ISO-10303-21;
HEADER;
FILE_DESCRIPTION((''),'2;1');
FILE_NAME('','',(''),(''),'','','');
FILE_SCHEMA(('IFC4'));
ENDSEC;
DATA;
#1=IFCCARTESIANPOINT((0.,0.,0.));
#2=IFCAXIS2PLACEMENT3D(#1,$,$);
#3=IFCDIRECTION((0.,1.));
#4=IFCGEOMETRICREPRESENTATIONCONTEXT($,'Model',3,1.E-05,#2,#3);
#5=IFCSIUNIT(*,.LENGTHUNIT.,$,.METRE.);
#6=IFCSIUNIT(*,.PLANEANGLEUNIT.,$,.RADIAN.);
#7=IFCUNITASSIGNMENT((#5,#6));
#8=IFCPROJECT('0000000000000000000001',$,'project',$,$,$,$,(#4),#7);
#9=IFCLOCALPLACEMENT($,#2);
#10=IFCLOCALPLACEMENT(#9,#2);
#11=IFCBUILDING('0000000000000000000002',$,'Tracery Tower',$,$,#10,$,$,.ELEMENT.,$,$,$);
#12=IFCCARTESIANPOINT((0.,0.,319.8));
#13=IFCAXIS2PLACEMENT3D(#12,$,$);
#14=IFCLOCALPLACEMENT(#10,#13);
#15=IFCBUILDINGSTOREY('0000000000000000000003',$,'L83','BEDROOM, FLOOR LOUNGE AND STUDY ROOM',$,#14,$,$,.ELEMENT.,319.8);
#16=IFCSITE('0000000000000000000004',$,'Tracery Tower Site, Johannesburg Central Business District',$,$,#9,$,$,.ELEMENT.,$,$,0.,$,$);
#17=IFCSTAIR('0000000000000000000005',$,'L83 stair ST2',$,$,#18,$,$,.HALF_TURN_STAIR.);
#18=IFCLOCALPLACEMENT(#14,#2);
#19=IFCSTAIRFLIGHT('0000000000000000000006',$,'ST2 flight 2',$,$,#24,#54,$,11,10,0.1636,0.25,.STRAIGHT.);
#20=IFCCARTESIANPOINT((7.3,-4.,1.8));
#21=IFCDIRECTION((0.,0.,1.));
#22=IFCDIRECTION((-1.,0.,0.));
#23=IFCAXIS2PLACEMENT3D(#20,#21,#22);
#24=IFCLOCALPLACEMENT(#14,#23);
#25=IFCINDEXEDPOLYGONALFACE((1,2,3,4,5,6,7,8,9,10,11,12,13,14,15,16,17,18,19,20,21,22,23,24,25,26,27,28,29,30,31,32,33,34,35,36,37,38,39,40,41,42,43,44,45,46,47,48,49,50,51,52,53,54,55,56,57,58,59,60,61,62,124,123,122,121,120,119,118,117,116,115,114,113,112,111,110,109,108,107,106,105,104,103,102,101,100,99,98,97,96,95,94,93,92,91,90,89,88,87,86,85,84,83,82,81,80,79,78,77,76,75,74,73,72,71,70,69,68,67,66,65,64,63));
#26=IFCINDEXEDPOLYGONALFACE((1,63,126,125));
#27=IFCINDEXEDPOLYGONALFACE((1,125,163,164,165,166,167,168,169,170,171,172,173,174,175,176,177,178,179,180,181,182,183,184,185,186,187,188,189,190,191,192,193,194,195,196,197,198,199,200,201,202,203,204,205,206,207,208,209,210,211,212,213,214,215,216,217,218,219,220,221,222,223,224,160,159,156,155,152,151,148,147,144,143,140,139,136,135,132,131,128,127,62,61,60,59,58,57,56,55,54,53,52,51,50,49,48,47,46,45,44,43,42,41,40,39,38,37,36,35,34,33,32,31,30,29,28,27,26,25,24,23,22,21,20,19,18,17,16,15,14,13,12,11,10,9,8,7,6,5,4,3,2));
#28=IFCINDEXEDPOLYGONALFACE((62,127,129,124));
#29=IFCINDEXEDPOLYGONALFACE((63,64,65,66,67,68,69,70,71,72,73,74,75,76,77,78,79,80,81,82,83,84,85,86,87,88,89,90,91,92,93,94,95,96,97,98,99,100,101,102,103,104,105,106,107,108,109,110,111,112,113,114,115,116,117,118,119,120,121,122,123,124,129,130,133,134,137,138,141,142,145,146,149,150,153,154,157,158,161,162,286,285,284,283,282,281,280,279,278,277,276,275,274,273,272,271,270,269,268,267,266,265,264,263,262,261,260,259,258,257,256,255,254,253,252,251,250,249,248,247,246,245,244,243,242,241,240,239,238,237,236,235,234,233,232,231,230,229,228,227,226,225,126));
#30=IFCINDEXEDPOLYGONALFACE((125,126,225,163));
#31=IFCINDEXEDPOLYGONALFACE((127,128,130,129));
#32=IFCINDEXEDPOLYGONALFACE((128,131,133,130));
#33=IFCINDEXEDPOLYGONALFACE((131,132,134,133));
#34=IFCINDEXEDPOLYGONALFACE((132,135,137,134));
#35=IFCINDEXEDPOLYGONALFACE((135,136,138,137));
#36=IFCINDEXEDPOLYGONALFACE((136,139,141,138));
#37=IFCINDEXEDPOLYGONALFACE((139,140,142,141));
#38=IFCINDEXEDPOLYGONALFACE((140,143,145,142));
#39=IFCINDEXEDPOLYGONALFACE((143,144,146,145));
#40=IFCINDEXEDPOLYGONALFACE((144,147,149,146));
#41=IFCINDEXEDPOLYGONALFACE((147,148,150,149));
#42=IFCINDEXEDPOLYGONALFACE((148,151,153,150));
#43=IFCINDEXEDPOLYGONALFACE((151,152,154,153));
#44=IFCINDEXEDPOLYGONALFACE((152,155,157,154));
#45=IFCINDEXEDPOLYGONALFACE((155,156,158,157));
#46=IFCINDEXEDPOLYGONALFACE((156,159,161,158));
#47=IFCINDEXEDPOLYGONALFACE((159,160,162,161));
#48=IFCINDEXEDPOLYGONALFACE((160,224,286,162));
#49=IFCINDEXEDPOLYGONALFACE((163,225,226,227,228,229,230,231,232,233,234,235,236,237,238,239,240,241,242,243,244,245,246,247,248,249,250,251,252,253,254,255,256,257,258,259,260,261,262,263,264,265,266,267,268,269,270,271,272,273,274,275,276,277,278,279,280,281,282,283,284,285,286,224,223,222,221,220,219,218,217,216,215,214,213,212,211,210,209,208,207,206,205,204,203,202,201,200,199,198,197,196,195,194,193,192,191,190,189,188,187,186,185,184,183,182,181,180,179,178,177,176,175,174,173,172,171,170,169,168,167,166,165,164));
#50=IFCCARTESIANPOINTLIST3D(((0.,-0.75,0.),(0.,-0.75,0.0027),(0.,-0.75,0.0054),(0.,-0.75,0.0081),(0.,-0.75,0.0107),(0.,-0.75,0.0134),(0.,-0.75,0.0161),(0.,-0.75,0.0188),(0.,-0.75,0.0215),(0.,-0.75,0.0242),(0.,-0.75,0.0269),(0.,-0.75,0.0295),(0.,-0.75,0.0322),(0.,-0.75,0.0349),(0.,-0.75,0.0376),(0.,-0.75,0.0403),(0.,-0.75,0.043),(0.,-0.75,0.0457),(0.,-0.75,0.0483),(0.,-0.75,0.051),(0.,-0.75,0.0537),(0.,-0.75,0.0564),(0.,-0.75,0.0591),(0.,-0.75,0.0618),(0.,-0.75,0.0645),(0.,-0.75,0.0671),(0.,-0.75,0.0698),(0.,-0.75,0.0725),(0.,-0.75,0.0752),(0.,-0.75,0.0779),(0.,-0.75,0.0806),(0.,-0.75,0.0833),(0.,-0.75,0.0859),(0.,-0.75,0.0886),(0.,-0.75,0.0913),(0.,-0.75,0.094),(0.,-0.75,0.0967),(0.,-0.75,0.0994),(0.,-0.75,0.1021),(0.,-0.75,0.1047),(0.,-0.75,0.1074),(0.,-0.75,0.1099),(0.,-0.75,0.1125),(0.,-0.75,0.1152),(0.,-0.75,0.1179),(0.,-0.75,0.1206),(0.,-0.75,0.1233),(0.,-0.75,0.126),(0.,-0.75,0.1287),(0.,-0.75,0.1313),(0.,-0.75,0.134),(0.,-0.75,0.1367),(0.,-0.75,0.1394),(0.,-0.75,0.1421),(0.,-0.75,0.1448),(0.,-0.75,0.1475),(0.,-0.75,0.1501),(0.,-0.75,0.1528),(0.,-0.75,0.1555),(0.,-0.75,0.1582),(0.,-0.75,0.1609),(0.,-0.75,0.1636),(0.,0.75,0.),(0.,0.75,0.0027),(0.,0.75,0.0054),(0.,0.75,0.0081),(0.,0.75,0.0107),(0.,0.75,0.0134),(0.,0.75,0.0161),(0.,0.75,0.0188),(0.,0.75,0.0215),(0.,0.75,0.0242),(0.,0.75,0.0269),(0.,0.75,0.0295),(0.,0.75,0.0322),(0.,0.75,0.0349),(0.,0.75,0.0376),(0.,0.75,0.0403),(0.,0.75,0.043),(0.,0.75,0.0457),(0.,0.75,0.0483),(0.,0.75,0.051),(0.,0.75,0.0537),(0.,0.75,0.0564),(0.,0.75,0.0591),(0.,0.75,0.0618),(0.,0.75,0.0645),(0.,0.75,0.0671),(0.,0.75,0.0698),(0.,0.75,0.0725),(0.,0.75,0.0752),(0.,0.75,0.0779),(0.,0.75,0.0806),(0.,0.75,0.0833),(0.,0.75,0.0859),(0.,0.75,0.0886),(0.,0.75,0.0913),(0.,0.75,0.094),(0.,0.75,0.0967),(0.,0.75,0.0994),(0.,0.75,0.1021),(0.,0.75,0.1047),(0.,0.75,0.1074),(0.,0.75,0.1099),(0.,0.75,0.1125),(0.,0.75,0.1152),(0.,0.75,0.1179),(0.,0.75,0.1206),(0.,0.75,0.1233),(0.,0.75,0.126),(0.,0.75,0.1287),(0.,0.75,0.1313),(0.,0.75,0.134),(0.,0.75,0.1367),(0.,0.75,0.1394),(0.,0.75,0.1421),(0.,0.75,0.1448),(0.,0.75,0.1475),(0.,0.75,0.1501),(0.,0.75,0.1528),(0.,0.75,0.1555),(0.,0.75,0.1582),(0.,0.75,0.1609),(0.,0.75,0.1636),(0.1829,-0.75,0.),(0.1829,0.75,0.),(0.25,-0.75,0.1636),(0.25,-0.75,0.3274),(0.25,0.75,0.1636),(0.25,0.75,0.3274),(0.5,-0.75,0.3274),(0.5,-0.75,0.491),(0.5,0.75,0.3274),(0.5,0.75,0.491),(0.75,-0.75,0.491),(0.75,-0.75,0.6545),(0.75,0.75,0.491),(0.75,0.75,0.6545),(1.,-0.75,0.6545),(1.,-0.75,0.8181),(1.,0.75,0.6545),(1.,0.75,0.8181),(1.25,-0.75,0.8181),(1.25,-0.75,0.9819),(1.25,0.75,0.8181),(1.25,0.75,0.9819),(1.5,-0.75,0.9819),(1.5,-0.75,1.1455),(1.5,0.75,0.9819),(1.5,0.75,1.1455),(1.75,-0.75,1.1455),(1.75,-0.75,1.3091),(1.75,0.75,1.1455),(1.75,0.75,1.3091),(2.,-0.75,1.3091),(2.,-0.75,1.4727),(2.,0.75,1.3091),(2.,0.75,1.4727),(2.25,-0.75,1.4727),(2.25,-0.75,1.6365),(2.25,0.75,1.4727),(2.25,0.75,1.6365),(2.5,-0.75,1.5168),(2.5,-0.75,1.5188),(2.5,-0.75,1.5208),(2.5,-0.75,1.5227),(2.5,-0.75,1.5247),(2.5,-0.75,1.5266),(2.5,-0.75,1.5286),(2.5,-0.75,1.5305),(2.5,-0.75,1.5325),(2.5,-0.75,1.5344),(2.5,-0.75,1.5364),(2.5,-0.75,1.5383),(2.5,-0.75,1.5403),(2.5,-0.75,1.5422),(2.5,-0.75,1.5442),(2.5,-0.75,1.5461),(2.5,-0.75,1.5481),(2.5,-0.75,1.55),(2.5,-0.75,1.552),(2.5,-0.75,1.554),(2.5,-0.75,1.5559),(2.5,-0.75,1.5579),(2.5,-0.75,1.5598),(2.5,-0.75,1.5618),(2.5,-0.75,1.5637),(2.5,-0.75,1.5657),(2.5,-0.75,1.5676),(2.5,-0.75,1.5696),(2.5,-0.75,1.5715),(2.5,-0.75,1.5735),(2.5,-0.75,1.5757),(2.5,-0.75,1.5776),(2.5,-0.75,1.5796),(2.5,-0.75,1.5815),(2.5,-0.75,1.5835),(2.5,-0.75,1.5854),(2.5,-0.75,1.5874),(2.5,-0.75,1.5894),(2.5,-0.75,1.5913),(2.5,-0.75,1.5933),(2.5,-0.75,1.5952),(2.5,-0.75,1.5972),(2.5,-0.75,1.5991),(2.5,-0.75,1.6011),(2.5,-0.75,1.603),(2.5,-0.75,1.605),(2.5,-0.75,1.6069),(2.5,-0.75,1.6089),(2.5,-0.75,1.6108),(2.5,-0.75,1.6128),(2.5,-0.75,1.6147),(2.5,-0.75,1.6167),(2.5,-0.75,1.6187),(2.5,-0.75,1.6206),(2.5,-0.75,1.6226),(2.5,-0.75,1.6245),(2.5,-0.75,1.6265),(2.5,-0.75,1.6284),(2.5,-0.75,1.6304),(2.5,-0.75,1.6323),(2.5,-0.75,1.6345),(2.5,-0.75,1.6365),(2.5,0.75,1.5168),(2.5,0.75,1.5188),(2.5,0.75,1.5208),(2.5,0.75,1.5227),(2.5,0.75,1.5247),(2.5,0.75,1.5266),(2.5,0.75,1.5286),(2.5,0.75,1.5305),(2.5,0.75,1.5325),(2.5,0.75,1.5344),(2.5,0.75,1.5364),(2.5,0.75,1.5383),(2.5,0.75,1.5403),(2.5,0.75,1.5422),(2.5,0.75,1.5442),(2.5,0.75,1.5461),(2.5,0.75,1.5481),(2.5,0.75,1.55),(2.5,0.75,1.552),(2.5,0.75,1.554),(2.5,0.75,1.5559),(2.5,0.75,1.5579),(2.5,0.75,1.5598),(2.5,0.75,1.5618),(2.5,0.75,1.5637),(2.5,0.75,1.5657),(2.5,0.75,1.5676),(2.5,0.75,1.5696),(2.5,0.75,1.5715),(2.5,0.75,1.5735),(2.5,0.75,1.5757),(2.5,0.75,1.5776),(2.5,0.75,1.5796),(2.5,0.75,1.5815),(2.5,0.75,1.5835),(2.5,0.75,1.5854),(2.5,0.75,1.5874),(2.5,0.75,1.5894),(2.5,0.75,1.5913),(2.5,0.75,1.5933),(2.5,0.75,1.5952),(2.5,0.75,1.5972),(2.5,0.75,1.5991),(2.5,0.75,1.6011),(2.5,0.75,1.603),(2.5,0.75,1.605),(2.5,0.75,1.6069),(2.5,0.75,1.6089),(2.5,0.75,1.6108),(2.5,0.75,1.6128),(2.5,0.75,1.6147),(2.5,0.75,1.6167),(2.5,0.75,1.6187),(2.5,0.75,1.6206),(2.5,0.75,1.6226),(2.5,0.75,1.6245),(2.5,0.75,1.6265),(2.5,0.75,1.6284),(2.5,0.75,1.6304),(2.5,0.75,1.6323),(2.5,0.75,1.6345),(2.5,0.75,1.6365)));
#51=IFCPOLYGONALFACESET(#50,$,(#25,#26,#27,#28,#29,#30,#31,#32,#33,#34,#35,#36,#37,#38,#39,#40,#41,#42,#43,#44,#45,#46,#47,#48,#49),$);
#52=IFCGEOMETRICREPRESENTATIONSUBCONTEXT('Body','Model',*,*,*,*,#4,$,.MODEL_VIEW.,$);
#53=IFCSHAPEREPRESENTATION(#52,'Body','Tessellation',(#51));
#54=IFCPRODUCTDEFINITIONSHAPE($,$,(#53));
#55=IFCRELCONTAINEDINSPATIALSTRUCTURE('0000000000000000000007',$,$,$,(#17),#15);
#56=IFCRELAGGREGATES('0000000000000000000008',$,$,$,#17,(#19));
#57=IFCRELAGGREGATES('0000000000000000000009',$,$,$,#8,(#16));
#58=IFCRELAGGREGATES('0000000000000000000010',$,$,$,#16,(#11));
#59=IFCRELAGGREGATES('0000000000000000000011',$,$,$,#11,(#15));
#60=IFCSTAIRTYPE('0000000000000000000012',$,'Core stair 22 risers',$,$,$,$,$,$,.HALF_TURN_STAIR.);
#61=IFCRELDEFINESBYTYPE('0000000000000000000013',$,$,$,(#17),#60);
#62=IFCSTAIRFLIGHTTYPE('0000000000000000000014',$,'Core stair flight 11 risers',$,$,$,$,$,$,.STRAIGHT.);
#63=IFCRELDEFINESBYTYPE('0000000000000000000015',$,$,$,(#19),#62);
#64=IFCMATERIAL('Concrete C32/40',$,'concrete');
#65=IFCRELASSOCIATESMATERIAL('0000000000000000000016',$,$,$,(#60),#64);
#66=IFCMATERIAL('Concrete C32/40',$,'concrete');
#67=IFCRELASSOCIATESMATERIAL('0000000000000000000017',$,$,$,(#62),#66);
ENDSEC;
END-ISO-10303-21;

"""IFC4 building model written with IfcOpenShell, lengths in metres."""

from ifc_helpers import new_model, si_unit, direction, frame, origin, place, context, subcontext, project, spatial, polyline, outline, extrude, material, type_object, element, aggregate, save


model = new_model("IFC4")

# Units and contexts
model_context = context("Model", 3, precision=1e-05, world=origin(), true_north=direction((0.0, 1.0)))
body_context = subcontext(model_context, "Body", "Model", "MODEL_VIEW")
ifc_project = project(units=[si_unit("LENGTHUNIT", "METRE"), si_unit("PLANEANGLEUNIT", "RADIAN")], contexts=[model_context])

# Site, building, storey
site_placement = place(None, origin())
site = spatial("IfcSite", under=ifc_project, at=site_placement, Name="Tracery Tower Site, Johannesburg Central Business District", CompositionType="ELEMENT", RefElevation=0.0)
building_placement = place(site_placement, origin())
building = spatial("IfcBuilding", under=site, at=building_placement, Name="Tracery Tower", CompositionType="ELEMENT")
storey_placement = place(building_placement, frame((0.0, 0.0, 319.8)))
storey = spatial("IfcBuildingStorey", under=building, at=storey_placement, Name="L83", Description="BEDROOM, FLOOR LOUNGE AND STUDY ROOM", CompositionType="ELEMENT", Elevation=319.8)

# Stair, stair flight
ifc_material_1 = material(Name="Concrete C32/40", Category="concrete")
stair_type = type_object("IfcStairType", Name="Core stair 22 risers", PredefinedType="HALF_TURN_STAIR", material=ifc_material_1)
stair_placement = place(storey_placement, origin())
stair = element("IfcStair", 1, at=stair_placement, inside=storey, type_object=stair_type, Name="L83 stair ST2", PredefinedType="HALF_TURN_STAIR")
ifc_material_2 = material(Name="Concrete C32/40", Category="concrete")
stair_flight_type = type_object("IfcStairFlightType", Name="Core stair flight 11 risers", PredefinedType="STRAIGHT", material=ifc_material_2)
stair_flight_placement = place(storey_placement, frame((7.3, -4.0, 1.8), z_axis=(0.0, 0.0, 1.0), x_axis=(-1.0, 0.0, 0.0)))
stair_flight = element("IfcStairFlight", 2, at=stair_flight_placement, type_object=stair_flight_type, Name="ST2 flight 2", NumberOfRisers=11, NumberOfTreads=10, PredefinedType="STRAIGHT", RiserHeight=0.1636, TreadLength=0.25, context=body_context, shape_type="SweptSolid", body=[
    extrude(outline(polyline([(0.0, 0.0), (0.0, 0.0027), (0.0, 0.0054), (0.0, 0.0081), (0.0, 0.0107), (0.0, 0.0134), (0.0, 0.0161), (0.0, 0.0188), (0.0, 0.0215), (0.0, 0.0242), (0.0, 0.0269), (0.0, 0.0295), (0.0, 0.0322), (0.0, 0.0349), (0.0, 0.0376), (0.0, 0.0403), (0.0, 0.043), (0.0, 0.0457), (0.0, 0.0483), (0.0, 0.051), (0.0, 0.0537), (0.0, 0.0564), (0.0, 0.0591), (0.0, 0.0618), (0.0, 0.0645), (0.0, 0.0671), (0.0, 0.0698), (0.0, 0.0725), (0.0, 0.0752), (0.0, 0.0779), (0.0, 0.0806), (0.0, 0.0833), (0.0, 0.0859), (0.0, 0.0886), (0.0, 0.0913), (0.0, 0.094), (0.0, 0.0967), (0.0, 0.0994), (0.0, 0.1021), (0.0, 0.1047), (0.0, 0.1074), (0.0, 0.1099), (0.0, 0.1125), (0.0, 0.1152), (0.0, 0.1179), (0.0, 0.1206), (0.0, 0.1233), (0.0, 0.126), (0.0, 0.1287), (0.0, 0.1313), (0.0, 0.134), (0.0, 0.1367), (0.0, 0.1394), (0.0, 0.1421), (0.0, 0.1448), (0.0, 0.1475), (0.0, 0.1501), (0.0, 0.1528), (0.0, 0.1555), (0.0, 0.1582), (0.0, 0.1609), (0.0, 0.1636), (0.25, 0.1636), (0.25, 0.3274), (0.5, 0.3274), (0.5, 0.491), (0.75, 0.491), (0.75, 0.6545), (1.0, 0.6545), (1.0, 0.8181), (1.25, 0.8181), (1.25, 0.9819), (1.5, 0.9819), (1.5, 1.1455), (1.75, 1.1455), (1.75, 1.3091), (2.0, 1.3091), (2.0, 1.4727), (2.25, 1.4727), (2.25, 1.6365), (2.5, 1.6365), (2.5, 1.6345), (2.5, 1.6323), (2.5, 1.6304), (2.5, 1.6284), (2.5, 1.6265), (2.5, 1.6245), (2.5, 1.6226), (2.5, 1.6206), (2.5, 1.6187), (2.5, 1.6167), (2.5, 1.6147), (2.5, 1.6128), (2.5, 1.6108), (2.5, 1.6089), (2.5, 1.6069), (2.5, 1.605), (2.5, 1.603), (2.5, 1.6011), (2.5, 1.5991), (2.5, 1.5972), (2.5, 1.5952), (2.5, 1.5933), (2.5, 1.5913), (2.5, 1.5894), (2.5, 1.5874), (2.5, 1.5854), (2.5, 1.5835), (2.5, 1.5815), (2.5, 1.5796), (2.5, 1.5776), (2.5, 1.5757), (2.5, 1.5735), (2.5, 1.5715), (2.5, 1.5696), (2.5, 1.5676), (2.5, 1.5657), (2.5, 1.5637), (2.5, 1.5618), (2.5, 1.5598), (2.5, 1.5579), (2.5, 1.5559), (2.5, 1.554), (2.5, 1.552), (2.5, 1.55), (2.5, 1.5481), (2.5, 1.5461), (2.5, 1.5442), (2.5, 1.5422), (2.5, 1.5403), (2.5, 1.5383), (2.5, 1.5364), (2.5, 1.5344), (2.5, 1.5325), (2.5, 1.5305), (2.5, 1.5286), (2.5, 1.5266), (2.5, 1.5247), (2.5, 1.5227), (2.5, 1.5208), (2.5, 1.5188), (2.5, 1.5168), (0.1829, 0.0), (0.0, 0.0)])), frame((0.0, 0.75, 0.0), z_axis=(0.0, -1.0, 0.0), x_axis=(1.0, 0.0, 0.0)), (0.0, 0.0, 1.0), 1.5),
])
aggregate(stair, [stair_flight])

save(model, "model.ifc")
